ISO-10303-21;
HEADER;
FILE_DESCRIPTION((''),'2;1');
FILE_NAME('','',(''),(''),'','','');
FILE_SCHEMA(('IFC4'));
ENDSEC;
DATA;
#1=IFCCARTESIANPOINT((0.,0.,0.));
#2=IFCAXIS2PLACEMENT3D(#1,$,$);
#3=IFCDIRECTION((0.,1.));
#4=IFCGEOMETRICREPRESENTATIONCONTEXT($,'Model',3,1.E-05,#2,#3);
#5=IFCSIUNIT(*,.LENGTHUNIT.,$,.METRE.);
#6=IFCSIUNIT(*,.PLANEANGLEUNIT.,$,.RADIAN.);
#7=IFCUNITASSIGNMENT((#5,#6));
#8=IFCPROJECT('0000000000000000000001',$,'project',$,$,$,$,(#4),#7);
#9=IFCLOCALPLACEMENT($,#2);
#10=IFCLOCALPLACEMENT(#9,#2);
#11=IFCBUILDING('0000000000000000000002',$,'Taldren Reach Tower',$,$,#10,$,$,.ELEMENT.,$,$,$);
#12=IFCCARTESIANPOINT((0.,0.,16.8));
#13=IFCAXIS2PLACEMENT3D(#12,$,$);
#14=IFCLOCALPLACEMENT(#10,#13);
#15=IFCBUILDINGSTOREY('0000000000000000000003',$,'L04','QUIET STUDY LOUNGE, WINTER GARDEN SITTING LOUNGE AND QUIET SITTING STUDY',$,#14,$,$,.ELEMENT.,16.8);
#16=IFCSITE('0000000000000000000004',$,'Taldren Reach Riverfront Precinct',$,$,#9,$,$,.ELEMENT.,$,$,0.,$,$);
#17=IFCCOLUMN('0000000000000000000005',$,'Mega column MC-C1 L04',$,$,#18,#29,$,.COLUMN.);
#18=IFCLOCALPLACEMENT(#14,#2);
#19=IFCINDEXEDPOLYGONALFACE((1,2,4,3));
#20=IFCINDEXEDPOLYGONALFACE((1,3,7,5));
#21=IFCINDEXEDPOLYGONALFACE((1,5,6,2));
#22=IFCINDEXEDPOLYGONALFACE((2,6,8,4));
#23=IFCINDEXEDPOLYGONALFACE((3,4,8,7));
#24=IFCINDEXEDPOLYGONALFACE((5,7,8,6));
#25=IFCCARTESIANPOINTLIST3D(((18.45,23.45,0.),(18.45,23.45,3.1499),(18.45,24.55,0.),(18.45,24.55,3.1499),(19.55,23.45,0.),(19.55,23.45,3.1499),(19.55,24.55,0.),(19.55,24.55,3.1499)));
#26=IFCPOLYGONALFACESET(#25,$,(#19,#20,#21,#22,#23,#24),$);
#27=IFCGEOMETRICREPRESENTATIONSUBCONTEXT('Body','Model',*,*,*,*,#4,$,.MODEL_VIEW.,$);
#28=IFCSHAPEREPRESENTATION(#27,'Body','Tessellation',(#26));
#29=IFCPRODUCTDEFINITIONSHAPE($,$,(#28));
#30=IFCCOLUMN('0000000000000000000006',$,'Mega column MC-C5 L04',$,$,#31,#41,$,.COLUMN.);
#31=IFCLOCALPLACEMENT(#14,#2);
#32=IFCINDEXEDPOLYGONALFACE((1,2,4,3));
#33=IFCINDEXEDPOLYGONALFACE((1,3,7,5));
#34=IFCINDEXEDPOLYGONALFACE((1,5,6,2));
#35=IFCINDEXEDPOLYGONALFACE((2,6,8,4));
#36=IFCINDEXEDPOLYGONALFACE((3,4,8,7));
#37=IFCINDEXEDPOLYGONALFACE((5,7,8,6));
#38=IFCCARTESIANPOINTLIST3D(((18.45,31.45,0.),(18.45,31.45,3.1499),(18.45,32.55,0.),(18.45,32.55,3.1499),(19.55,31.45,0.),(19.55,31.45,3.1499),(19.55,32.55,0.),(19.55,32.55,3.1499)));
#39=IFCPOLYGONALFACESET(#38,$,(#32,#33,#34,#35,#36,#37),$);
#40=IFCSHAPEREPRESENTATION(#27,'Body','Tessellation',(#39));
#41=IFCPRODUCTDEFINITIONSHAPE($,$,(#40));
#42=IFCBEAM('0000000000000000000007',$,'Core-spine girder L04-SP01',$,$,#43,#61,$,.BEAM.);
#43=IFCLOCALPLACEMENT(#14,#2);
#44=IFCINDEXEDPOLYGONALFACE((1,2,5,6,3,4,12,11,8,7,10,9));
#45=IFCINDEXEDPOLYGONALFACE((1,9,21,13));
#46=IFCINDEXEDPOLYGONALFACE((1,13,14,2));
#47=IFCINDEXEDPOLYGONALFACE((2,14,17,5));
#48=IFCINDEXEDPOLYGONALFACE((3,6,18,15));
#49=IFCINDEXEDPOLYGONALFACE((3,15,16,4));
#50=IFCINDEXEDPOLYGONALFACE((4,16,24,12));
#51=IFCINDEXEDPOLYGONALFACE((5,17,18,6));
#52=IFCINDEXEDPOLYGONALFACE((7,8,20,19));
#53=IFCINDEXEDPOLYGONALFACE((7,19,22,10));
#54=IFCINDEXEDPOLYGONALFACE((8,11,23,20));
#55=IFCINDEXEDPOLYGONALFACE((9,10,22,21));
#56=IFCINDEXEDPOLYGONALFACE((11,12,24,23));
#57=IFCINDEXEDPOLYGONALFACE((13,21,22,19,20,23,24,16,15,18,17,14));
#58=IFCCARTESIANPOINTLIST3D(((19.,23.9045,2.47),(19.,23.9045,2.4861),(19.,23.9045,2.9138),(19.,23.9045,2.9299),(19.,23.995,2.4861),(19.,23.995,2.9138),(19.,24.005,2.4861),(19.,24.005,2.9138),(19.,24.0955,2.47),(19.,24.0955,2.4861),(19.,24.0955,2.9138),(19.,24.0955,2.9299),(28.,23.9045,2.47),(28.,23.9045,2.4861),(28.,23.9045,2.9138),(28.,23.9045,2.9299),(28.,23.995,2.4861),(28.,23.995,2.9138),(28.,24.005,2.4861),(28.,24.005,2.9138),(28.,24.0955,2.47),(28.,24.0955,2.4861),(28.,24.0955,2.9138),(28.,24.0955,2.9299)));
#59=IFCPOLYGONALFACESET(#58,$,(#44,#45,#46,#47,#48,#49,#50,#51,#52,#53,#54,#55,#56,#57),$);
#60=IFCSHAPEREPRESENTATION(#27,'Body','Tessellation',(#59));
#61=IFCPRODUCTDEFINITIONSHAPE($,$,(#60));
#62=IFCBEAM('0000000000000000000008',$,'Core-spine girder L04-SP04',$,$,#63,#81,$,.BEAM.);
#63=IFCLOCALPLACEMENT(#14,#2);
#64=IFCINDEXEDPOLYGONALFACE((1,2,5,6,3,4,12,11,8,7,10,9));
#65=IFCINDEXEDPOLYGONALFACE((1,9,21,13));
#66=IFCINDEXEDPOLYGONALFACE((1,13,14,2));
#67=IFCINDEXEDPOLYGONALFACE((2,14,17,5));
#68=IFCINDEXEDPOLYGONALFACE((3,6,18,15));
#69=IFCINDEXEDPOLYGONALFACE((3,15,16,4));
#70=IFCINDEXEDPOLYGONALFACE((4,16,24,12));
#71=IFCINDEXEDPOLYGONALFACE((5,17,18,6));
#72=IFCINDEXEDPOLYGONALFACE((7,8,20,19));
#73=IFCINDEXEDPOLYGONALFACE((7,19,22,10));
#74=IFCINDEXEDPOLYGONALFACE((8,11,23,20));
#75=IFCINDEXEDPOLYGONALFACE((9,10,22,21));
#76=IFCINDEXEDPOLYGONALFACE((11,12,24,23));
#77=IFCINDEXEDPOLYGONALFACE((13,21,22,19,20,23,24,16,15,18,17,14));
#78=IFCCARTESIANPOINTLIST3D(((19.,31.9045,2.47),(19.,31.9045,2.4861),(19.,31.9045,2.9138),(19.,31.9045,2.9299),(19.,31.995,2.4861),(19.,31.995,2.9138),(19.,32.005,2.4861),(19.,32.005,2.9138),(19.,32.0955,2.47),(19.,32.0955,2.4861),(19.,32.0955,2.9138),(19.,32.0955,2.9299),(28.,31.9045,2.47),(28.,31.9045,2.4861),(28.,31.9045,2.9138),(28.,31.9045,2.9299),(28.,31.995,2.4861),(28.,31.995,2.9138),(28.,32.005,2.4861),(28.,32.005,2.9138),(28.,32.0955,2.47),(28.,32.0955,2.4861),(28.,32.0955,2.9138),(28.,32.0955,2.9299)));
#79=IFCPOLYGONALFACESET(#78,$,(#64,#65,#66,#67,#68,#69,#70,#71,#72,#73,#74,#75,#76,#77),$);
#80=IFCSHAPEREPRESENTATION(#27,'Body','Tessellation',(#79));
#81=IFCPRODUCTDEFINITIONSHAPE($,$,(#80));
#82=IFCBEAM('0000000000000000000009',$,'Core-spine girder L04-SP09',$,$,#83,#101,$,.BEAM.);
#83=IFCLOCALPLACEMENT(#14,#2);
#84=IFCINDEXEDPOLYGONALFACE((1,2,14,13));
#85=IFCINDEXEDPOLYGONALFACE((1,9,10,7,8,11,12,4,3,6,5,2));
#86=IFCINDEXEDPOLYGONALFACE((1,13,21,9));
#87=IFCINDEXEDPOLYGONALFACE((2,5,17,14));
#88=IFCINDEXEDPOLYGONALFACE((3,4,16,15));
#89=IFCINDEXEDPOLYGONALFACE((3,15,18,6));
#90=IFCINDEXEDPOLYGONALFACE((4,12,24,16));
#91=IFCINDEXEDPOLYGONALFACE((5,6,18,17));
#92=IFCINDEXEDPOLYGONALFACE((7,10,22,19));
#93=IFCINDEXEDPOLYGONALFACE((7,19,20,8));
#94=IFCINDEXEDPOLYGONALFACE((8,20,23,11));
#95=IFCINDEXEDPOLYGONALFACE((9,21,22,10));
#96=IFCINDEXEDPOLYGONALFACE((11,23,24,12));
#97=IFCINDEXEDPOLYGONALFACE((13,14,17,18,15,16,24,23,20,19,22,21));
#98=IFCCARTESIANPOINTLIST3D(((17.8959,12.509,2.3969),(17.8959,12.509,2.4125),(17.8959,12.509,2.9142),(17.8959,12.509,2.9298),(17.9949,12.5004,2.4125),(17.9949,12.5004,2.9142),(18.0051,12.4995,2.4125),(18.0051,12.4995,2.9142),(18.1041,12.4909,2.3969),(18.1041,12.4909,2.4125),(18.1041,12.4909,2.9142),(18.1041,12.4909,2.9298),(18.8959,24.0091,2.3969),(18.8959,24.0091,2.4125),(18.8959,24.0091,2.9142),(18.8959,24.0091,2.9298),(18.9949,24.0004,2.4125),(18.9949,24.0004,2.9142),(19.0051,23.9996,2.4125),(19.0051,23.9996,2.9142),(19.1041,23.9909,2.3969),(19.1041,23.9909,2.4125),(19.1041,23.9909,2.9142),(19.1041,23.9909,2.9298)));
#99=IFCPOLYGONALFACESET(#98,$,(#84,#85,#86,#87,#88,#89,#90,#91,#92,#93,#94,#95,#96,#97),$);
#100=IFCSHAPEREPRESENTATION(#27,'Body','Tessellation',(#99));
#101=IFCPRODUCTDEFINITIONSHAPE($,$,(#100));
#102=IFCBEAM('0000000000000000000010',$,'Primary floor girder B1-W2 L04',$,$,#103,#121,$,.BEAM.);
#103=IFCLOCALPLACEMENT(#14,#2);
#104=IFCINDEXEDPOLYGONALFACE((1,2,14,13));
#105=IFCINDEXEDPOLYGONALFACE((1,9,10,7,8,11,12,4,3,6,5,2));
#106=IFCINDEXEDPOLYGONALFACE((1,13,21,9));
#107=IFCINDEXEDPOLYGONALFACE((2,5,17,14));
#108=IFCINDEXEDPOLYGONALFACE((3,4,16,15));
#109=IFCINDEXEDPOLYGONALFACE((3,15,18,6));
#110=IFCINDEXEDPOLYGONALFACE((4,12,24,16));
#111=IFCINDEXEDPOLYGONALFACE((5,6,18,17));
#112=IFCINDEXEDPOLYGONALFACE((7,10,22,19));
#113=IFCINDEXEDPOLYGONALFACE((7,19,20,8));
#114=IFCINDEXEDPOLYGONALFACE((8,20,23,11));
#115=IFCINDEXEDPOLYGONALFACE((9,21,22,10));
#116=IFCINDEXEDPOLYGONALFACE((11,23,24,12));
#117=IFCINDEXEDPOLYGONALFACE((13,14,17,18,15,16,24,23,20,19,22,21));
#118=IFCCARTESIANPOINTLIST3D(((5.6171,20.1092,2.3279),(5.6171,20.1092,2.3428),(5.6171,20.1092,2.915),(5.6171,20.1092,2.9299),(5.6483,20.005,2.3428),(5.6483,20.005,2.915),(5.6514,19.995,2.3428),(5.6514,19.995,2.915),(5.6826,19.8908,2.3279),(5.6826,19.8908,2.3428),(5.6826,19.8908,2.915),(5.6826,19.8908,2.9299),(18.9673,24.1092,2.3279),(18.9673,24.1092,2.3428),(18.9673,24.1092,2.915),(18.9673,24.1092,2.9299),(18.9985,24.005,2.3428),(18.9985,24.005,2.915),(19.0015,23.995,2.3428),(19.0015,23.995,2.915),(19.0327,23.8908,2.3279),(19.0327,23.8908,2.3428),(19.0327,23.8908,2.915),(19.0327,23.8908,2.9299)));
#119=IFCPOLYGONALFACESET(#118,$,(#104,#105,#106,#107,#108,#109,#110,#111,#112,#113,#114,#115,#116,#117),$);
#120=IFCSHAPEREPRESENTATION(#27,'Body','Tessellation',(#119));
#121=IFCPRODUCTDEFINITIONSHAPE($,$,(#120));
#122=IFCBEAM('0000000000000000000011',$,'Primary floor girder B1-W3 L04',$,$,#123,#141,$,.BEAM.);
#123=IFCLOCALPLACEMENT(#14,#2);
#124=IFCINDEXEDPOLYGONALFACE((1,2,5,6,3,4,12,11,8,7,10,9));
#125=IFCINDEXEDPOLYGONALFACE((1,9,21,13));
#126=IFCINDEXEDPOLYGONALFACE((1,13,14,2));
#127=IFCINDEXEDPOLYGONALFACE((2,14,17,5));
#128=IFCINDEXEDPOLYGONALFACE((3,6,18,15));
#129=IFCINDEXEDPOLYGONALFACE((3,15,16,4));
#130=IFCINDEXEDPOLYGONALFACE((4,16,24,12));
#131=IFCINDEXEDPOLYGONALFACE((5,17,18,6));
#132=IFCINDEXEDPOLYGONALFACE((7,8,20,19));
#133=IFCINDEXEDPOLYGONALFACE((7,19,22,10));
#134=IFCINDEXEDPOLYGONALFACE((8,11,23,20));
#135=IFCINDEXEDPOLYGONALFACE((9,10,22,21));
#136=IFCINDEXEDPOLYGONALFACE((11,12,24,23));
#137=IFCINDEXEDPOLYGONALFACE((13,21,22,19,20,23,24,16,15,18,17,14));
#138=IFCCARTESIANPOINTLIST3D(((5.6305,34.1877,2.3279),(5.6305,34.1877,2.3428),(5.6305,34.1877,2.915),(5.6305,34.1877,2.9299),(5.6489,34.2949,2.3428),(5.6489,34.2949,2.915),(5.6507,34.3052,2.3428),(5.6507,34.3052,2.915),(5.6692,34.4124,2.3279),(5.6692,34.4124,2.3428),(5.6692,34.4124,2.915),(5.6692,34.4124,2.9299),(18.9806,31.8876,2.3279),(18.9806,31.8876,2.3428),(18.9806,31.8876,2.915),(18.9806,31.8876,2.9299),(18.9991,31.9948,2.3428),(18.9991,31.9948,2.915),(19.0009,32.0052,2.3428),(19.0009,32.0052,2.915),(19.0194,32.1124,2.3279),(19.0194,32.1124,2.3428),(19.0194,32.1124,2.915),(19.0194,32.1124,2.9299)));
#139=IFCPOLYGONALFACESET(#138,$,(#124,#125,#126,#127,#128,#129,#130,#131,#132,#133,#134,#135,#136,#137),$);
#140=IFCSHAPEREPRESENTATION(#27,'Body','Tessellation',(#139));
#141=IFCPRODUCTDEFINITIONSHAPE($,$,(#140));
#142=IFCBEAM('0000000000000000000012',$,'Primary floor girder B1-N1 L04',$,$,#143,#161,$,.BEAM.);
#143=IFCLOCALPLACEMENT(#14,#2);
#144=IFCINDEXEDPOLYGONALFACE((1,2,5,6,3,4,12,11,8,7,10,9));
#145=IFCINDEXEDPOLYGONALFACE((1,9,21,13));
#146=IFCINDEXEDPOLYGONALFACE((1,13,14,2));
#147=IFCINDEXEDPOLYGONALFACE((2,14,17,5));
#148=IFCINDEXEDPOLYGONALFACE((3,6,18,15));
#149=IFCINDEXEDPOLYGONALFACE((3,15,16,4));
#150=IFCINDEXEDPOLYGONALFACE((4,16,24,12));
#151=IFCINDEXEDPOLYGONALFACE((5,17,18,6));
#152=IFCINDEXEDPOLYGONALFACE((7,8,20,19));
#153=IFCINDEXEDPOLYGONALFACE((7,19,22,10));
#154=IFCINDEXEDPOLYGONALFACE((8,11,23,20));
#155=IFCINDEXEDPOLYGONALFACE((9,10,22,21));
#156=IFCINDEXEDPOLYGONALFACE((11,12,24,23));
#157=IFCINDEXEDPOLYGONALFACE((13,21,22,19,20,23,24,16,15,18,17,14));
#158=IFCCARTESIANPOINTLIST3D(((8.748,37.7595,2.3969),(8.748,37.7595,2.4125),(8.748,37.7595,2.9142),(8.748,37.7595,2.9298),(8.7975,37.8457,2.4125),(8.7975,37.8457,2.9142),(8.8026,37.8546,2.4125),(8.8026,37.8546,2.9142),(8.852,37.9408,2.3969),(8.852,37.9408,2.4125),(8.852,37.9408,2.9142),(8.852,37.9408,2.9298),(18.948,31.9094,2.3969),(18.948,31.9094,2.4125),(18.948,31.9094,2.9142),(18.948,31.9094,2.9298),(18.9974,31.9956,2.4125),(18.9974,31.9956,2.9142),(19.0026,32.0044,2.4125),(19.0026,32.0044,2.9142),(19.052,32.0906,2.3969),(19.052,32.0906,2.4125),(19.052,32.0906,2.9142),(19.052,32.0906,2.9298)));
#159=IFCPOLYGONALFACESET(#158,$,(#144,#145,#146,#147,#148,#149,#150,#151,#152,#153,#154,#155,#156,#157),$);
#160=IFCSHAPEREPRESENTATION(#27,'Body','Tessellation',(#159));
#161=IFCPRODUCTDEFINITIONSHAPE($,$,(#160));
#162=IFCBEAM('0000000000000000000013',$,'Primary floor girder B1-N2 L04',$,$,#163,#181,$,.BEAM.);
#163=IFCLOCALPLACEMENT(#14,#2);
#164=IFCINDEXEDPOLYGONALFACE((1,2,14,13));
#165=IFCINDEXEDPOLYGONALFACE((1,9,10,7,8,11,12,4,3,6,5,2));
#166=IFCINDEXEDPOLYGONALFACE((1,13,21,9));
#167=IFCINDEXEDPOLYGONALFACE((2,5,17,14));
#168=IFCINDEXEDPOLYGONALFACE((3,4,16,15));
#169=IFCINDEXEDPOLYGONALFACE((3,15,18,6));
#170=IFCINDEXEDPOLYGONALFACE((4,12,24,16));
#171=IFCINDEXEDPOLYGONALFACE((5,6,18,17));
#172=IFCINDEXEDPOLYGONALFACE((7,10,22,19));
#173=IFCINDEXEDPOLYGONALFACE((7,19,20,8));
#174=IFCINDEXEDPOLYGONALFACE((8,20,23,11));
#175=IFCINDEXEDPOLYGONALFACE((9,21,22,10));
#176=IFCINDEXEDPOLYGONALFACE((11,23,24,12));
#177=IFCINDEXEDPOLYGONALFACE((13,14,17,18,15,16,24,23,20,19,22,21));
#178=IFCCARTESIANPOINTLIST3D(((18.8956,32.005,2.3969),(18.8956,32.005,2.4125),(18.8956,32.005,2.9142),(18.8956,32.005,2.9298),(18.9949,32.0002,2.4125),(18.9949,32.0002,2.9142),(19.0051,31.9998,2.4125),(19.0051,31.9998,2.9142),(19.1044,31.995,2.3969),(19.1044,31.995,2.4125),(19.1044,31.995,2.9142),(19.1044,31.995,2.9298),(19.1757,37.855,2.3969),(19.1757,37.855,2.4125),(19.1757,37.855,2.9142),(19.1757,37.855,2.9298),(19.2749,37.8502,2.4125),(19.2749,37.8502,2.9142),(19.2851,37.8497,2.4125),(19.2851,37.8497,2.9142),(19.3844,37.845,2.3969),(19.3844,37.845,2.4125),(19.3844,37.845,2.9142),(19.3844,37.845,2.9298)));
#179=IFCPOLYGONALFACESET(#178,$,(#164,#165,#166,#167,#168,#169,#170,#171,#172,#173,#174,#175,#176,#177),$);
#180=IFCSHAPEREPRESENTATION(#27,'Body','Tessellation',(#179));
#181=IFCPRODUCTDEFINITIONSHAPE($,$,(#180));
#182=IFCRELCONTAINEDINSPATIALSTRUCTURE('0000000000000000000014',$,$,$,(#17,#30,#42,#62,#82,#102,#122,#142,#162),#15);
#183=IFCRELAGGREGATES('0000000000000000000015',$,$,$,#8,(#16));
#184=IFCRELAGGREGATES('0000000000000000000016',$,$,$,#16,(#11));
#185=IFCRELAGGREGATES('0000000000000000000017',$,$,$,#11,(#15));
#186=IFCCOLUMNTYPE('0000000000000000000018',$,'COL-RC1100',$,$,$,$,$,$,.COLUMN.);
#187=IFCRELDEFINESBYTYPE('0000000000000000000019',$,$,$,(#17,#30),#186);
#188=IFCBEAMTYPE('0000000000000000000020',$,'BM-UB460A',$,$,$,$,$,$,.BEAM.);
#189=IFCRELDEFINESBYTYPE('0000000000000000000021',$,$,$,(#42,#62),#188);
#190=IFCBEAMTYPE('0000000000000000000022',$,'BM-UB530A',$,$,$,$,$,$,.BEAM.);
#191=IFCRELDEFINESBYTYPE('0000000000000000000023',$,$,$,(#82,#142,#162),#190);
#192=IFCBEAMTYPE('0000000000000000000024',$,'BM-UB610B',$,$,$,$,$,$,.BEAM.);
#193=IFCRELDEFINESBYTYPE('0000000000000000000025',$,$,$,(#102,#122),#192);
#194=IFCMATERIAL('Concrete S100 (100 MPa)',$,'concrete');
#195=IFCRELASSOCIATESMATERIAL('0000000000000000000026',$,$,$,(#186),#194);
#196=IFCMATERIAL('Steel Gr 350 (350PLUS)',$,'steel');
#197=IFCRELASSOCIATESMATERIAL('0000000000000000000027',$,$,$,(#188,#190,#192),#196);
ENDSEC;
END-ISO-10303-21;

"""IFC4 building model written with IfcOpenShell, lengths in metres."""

from ifc_helpers import new_model, si_unit, direction, frame, origin, origin_2d, place, context, subcontext, project, spatial, rectangle, i_section, extrude, source, transform, mapped, material, material_profile, profile_set, type_object, element, save


model = new_model("IFC4")

# Units and contexts
model_context = context("Model", 3, precision=1e-05, world=origin(), true_north=direction((0.0, 1.0)))
body_context = subcontext(model_context, "Body", "Model", "MODEL_VIEW")
ifc_project = project(units=[si_unit("LENGTHUNIT", "METRE"), si_unit("PLANEANGLEUNIT", "RADIAN")], contexts=[model_context])

# Site, building, storey
site_placement = place(None, origin())
site = spatial("IfcSite", under=ifc_project, at=site_placement, Name="Taldren Reach Riverfront Precinct", CompositionType="ELEMENT", RefElevation=0.0)
building_placement = place(site_placement, origin())
building = spatial("IfcBuilding", under=site, at=building_placement, Name="Taldren Reach Tower", CompositionType="ELEMENT")
storey_placement = place(building_placement, frame((0.0, 0.0, 16.8)))
storey = spatial("IfcBuildingStorey", under=building, at=storey_placement, Name="L04", Description="QUIET STUDY LOUNGE, WINTER GARDEN SITTING LOUNGE AND QUIET SITTING STUDY", CompositionType="ELEMENT", Elevation=16.8)

# Columns
ifc_material_1 = material(Name="Concrete S100 (100 MPa)", Category="concrete")
ifc_material_profile_1 = material_profile(ifc_material_1, rectangle(XDim=1.1001, YDim=1.1001, at=origin_2d()), Name="RC-1100x1100")
ifc_profile_set_1 = profile_set([ifc_material_profile_1], Name="Concrete S100 (100 MPa)")
column_type = type_object("IfcColumnType", Name="COL-RC1100", PredefinedType="COLUMN", material=ifc_profile_set_1)
shared_shape_1 = source(origin(), body_context, "Body", "SweptSolid", [
    extrude(rectangle(XDim=1.1001, YDim=1.1001, at=origin_2d()), origin(), (0.0, 0.0, 1.0), 3.1499),
])
for number, where, z_axis, x_axis, name in (
    (1, (19.0, 24.0, 0.0), (0.0, 0.0, 1.0), (1.0, 0.0, 0.0), "Mega column MC-C1 L04"),
    (2, (19.0, 32.0, 0.0), (0.0, 0.0, 1.0), (1.0, 0.0, 0.0), "Mega column MC-C5 L04"),
):
    element("IfcColumn", number, at=place(storey_placement, frame(where, z_axis=z_axis, x_axis=x_axis)), inside=storey, type_object=column_type, Name=name, PredefinedType="COLUMN", context=body_context, shape_type="MappedRepresentation", body=[
        mapped(shared_shape_1, transform((0.0, 0.0, 0.0), scale=1.0)),
    ])

# Beams
ifc_material_2 = material(Name="Steel Gr 350 (350PLUS)", Category="steel")
ifc_material_profile_2 = material_profile(ifc_material_2, i_section(OverallWidth=0.1909, OverallDepth=0.46, WebThickness=0.01, FlangeThickness=0.0161, at=origin_2d()), Name="460UB82.1")
ifc_profile_set_2 = profile_set([ifc_material_profile_2], Name="Steel Gr 350 (350PLUS)")
beam_type_1 = type_object("IfcBeamType", Name="BM-UB460A", PredefinedType="BEAM", material=ifc_profile_set_2)
shared_shape_2 = source(origin(), body_context, "Body", "SweptSolid", [
    extrude(i_section(OverallWidth=0.1909, OverallDepth=0.46, WebThickness=0.01, FlangeThickness=0.0161, at=origin_2d()), origin(), (0.0, 0.0, 1.0), 9.0),
])
for number, where, z_axis, x_axis, name in (
    (3, (19.0, 24.0, 2.7), (1.0, 0.0, 0.0), (0.0, 1.0, 0.0), "Core-spine girder L04-SP01"),
    (4, (19.0, 32.0, 2.7), (1.0, 0.0, 0.0), (0.0, 1.0, 0.0), "Core-spine girder L04-SP04"),
):
    element("IfcBeam", number, at=place(storey_placement, frame(where, z_axis=z_axis, x_axis=x_axis)), inside=storey, type_object=beam_type_1, Name=name, PredefinedType="BEAM", context=body_context, shape_type="MappedRepresentation", body=[
        mapped(shared_shape_2, transform((0.0, 0.0, 0.0), scale=1.0)),
    ])
ifc_material_profile_3 = material_profile(ifc_material_2, i_section(OverallWidth=0.209, OverallDepth=0.533, WebThickness=0.0103, FlangeThickness=0.0156, at=origin_2d()), Name="530UB92.4")
ifc_profile_set_3 = profile_set([ifc_material_profile_3], Name="Steel Gr 350 (350PLUS)")
beam_type_2 = type_object("IfcBeamType", Name="BM-UB530A", PredefinedType="BEAM", material=ifc_profile_set_3)
shared_shape_3 = source(origin(), body_context, "Body", "SweptSolid", [
    extrude(i_section(OverallWidth=0.209, OverallDepth=0.533, WebThickness=0.0103, FlangeThickness=0.0156, at=origin_2d()), origin(), (0.0, 0.0, 1.0), 11.5435),
])
beam_1_placement = place(storey_placement, frame((19.0, 24.0, 2.6633), z_axis=(-0.08663, -0.996241, 0.0), x_axis=(0.996241, -0.08663, 0.0)))
element("IfcBeam", 5, at=beam_1_placement, inside=storey, type_object=beam_type_2, Name="Core-spine girder L04-SP09", PredefinedType="BEAM", context=body_context, shape_type="MappedRepresentation", body=[
    mapped(shared_shape_3, transform((0.0, 0.0, 0.0), scale=1.0)),
])
ifc_material_profile_4 = material_profile(ifc_material_2, i_section(OverallWidth=0.228, OverallDepth=0.6021, WebThickness=0.0105, FlangeThickness=0.0149, at=origin_2d()), Name="610UB101")
ifc_profile_set_4 = profile_set([ifc_material_profile_4], Name="Steel Gr 350 (350PLUS)")
beam_type_3 = type_object("IfcBeamType", Name="BM-UB610B", PredefinedType="BEAM", material=ifc_profile_set_4)
shared_shape_4 = source(origin(), body_context, "Body", "SweptSolid", [
    extrude(i_section(OverallWidth=0.228, OverallDepth=0.6021, WebThickness=0.0105, FlangeThickness=0.0149, at=origin_2d()), origin(), (0.0, 0.0, 1.0), 13.9365),
])
beam_2_placement = place(storey_placement, frame((19.0, 24.0, 2.6289), z_axis=(-0.957926, -0.287017, 0.0), x_axis=(0.287017, -0.957926, 0.0)))
element("IfcBeam", 6, at=beam_2_placement, inside=storey, type_object=beam_type_3, Name="Primary floor girder B1-W2 L04", PredefinedType="BEAM", context=body_context, shape_type="MappedRepresentation", body=[
    mapped(shared_shape_4, transform((0.0, 0.0, 0.0), scale=1.0)),
])
shared_shape_5 = source(origin(), body_context, "Body", "SweptSolid", [
    extrude(i_section(OverallWidth=0.228, OverallDepth=0.6021, WebThickness=0.0105, FlangeThickness=0.0149, at=origin_2d()), origin(), (0.0, 0.0, 1.0), 13.5469),
])
beam_3_placement = place(storey_placement, frame((19.0, 32.0, 2.6289), z_axis=(-0.985481, 0.169786, 0.0), x_axis=(-0.169786, -0.985481, 0.0)))
element("IfcBeam", 7, at=beam_3_placement, inside=storey, type_object=beam_type_3, Name="Primary floor girder B1-W3 L04", PredefinedType="BEAM", context=body_context, shape_type="MappedRepresentation", body=[
    mapped(shared_shape_5, transform((0.0, 0.0, 0.0), scale=1.0)),
])
shared_shape_6 = source(origin(), body_context, "Body", "SweptSolid", [
    extrude(i_section(OverallWidth=0.209, OverallDepth=0.533, WebThickness=0.0103, FlangeThickness=0.0156, at=origin_2d()), origin(), (0.0, 0.0, 1.0), 11.7585),
])
beam_4_placement = place(storey_placement, frame((19.0, 32.0, 2.6633), z_axis=(-0.867452, 0.49752, 0.0), x_axis=(-0.49752, -0.867452, 0.0)))
element("IfcBeam", 8, at=beam_4_placement, inside=storey, type_object=beam_type_2, Name="Primary floor girder B1-N1 L04", PredefinedType="BEAM", context=body_context, shape_type="MappedRepresentation", body=[
    mapped(shared_shape_6, transform((0.0, 0.0, 0.0), scale=1.0)),
])
shared_shape_7 = source(origin(), body_context, "Body", "SweptSolid", [
    extrude(i_section(OverallWidth=0.209, OverallDepth=0.533, WebThickness=0.0103, FlangeThickness=0.0156, at=origin_2d()), origin(), (0.0, 0.0, 1.0), 5.8567),
])
beam_5_placement = place(storey_placement, frame((19.0, 32.0, 2.6633), z_axis=(0.047813, 0.998856, 0.0), x_axis=(-0.998856, 0.047813, 0.0)))
element("IfcBeam", 9, at=beam_5_placement, inside=storey, type_object=beam_type_2, Name="Primary floor girder B1-N2 L04", PredefinedType="BEAM", context=body_context, shape_type="MappedRepresentation", body=[
    mapped(shared_shape_7, transform((0.0, 0.0, 0.0), scale=1.0)),
])

save(model, "model.ifc")
